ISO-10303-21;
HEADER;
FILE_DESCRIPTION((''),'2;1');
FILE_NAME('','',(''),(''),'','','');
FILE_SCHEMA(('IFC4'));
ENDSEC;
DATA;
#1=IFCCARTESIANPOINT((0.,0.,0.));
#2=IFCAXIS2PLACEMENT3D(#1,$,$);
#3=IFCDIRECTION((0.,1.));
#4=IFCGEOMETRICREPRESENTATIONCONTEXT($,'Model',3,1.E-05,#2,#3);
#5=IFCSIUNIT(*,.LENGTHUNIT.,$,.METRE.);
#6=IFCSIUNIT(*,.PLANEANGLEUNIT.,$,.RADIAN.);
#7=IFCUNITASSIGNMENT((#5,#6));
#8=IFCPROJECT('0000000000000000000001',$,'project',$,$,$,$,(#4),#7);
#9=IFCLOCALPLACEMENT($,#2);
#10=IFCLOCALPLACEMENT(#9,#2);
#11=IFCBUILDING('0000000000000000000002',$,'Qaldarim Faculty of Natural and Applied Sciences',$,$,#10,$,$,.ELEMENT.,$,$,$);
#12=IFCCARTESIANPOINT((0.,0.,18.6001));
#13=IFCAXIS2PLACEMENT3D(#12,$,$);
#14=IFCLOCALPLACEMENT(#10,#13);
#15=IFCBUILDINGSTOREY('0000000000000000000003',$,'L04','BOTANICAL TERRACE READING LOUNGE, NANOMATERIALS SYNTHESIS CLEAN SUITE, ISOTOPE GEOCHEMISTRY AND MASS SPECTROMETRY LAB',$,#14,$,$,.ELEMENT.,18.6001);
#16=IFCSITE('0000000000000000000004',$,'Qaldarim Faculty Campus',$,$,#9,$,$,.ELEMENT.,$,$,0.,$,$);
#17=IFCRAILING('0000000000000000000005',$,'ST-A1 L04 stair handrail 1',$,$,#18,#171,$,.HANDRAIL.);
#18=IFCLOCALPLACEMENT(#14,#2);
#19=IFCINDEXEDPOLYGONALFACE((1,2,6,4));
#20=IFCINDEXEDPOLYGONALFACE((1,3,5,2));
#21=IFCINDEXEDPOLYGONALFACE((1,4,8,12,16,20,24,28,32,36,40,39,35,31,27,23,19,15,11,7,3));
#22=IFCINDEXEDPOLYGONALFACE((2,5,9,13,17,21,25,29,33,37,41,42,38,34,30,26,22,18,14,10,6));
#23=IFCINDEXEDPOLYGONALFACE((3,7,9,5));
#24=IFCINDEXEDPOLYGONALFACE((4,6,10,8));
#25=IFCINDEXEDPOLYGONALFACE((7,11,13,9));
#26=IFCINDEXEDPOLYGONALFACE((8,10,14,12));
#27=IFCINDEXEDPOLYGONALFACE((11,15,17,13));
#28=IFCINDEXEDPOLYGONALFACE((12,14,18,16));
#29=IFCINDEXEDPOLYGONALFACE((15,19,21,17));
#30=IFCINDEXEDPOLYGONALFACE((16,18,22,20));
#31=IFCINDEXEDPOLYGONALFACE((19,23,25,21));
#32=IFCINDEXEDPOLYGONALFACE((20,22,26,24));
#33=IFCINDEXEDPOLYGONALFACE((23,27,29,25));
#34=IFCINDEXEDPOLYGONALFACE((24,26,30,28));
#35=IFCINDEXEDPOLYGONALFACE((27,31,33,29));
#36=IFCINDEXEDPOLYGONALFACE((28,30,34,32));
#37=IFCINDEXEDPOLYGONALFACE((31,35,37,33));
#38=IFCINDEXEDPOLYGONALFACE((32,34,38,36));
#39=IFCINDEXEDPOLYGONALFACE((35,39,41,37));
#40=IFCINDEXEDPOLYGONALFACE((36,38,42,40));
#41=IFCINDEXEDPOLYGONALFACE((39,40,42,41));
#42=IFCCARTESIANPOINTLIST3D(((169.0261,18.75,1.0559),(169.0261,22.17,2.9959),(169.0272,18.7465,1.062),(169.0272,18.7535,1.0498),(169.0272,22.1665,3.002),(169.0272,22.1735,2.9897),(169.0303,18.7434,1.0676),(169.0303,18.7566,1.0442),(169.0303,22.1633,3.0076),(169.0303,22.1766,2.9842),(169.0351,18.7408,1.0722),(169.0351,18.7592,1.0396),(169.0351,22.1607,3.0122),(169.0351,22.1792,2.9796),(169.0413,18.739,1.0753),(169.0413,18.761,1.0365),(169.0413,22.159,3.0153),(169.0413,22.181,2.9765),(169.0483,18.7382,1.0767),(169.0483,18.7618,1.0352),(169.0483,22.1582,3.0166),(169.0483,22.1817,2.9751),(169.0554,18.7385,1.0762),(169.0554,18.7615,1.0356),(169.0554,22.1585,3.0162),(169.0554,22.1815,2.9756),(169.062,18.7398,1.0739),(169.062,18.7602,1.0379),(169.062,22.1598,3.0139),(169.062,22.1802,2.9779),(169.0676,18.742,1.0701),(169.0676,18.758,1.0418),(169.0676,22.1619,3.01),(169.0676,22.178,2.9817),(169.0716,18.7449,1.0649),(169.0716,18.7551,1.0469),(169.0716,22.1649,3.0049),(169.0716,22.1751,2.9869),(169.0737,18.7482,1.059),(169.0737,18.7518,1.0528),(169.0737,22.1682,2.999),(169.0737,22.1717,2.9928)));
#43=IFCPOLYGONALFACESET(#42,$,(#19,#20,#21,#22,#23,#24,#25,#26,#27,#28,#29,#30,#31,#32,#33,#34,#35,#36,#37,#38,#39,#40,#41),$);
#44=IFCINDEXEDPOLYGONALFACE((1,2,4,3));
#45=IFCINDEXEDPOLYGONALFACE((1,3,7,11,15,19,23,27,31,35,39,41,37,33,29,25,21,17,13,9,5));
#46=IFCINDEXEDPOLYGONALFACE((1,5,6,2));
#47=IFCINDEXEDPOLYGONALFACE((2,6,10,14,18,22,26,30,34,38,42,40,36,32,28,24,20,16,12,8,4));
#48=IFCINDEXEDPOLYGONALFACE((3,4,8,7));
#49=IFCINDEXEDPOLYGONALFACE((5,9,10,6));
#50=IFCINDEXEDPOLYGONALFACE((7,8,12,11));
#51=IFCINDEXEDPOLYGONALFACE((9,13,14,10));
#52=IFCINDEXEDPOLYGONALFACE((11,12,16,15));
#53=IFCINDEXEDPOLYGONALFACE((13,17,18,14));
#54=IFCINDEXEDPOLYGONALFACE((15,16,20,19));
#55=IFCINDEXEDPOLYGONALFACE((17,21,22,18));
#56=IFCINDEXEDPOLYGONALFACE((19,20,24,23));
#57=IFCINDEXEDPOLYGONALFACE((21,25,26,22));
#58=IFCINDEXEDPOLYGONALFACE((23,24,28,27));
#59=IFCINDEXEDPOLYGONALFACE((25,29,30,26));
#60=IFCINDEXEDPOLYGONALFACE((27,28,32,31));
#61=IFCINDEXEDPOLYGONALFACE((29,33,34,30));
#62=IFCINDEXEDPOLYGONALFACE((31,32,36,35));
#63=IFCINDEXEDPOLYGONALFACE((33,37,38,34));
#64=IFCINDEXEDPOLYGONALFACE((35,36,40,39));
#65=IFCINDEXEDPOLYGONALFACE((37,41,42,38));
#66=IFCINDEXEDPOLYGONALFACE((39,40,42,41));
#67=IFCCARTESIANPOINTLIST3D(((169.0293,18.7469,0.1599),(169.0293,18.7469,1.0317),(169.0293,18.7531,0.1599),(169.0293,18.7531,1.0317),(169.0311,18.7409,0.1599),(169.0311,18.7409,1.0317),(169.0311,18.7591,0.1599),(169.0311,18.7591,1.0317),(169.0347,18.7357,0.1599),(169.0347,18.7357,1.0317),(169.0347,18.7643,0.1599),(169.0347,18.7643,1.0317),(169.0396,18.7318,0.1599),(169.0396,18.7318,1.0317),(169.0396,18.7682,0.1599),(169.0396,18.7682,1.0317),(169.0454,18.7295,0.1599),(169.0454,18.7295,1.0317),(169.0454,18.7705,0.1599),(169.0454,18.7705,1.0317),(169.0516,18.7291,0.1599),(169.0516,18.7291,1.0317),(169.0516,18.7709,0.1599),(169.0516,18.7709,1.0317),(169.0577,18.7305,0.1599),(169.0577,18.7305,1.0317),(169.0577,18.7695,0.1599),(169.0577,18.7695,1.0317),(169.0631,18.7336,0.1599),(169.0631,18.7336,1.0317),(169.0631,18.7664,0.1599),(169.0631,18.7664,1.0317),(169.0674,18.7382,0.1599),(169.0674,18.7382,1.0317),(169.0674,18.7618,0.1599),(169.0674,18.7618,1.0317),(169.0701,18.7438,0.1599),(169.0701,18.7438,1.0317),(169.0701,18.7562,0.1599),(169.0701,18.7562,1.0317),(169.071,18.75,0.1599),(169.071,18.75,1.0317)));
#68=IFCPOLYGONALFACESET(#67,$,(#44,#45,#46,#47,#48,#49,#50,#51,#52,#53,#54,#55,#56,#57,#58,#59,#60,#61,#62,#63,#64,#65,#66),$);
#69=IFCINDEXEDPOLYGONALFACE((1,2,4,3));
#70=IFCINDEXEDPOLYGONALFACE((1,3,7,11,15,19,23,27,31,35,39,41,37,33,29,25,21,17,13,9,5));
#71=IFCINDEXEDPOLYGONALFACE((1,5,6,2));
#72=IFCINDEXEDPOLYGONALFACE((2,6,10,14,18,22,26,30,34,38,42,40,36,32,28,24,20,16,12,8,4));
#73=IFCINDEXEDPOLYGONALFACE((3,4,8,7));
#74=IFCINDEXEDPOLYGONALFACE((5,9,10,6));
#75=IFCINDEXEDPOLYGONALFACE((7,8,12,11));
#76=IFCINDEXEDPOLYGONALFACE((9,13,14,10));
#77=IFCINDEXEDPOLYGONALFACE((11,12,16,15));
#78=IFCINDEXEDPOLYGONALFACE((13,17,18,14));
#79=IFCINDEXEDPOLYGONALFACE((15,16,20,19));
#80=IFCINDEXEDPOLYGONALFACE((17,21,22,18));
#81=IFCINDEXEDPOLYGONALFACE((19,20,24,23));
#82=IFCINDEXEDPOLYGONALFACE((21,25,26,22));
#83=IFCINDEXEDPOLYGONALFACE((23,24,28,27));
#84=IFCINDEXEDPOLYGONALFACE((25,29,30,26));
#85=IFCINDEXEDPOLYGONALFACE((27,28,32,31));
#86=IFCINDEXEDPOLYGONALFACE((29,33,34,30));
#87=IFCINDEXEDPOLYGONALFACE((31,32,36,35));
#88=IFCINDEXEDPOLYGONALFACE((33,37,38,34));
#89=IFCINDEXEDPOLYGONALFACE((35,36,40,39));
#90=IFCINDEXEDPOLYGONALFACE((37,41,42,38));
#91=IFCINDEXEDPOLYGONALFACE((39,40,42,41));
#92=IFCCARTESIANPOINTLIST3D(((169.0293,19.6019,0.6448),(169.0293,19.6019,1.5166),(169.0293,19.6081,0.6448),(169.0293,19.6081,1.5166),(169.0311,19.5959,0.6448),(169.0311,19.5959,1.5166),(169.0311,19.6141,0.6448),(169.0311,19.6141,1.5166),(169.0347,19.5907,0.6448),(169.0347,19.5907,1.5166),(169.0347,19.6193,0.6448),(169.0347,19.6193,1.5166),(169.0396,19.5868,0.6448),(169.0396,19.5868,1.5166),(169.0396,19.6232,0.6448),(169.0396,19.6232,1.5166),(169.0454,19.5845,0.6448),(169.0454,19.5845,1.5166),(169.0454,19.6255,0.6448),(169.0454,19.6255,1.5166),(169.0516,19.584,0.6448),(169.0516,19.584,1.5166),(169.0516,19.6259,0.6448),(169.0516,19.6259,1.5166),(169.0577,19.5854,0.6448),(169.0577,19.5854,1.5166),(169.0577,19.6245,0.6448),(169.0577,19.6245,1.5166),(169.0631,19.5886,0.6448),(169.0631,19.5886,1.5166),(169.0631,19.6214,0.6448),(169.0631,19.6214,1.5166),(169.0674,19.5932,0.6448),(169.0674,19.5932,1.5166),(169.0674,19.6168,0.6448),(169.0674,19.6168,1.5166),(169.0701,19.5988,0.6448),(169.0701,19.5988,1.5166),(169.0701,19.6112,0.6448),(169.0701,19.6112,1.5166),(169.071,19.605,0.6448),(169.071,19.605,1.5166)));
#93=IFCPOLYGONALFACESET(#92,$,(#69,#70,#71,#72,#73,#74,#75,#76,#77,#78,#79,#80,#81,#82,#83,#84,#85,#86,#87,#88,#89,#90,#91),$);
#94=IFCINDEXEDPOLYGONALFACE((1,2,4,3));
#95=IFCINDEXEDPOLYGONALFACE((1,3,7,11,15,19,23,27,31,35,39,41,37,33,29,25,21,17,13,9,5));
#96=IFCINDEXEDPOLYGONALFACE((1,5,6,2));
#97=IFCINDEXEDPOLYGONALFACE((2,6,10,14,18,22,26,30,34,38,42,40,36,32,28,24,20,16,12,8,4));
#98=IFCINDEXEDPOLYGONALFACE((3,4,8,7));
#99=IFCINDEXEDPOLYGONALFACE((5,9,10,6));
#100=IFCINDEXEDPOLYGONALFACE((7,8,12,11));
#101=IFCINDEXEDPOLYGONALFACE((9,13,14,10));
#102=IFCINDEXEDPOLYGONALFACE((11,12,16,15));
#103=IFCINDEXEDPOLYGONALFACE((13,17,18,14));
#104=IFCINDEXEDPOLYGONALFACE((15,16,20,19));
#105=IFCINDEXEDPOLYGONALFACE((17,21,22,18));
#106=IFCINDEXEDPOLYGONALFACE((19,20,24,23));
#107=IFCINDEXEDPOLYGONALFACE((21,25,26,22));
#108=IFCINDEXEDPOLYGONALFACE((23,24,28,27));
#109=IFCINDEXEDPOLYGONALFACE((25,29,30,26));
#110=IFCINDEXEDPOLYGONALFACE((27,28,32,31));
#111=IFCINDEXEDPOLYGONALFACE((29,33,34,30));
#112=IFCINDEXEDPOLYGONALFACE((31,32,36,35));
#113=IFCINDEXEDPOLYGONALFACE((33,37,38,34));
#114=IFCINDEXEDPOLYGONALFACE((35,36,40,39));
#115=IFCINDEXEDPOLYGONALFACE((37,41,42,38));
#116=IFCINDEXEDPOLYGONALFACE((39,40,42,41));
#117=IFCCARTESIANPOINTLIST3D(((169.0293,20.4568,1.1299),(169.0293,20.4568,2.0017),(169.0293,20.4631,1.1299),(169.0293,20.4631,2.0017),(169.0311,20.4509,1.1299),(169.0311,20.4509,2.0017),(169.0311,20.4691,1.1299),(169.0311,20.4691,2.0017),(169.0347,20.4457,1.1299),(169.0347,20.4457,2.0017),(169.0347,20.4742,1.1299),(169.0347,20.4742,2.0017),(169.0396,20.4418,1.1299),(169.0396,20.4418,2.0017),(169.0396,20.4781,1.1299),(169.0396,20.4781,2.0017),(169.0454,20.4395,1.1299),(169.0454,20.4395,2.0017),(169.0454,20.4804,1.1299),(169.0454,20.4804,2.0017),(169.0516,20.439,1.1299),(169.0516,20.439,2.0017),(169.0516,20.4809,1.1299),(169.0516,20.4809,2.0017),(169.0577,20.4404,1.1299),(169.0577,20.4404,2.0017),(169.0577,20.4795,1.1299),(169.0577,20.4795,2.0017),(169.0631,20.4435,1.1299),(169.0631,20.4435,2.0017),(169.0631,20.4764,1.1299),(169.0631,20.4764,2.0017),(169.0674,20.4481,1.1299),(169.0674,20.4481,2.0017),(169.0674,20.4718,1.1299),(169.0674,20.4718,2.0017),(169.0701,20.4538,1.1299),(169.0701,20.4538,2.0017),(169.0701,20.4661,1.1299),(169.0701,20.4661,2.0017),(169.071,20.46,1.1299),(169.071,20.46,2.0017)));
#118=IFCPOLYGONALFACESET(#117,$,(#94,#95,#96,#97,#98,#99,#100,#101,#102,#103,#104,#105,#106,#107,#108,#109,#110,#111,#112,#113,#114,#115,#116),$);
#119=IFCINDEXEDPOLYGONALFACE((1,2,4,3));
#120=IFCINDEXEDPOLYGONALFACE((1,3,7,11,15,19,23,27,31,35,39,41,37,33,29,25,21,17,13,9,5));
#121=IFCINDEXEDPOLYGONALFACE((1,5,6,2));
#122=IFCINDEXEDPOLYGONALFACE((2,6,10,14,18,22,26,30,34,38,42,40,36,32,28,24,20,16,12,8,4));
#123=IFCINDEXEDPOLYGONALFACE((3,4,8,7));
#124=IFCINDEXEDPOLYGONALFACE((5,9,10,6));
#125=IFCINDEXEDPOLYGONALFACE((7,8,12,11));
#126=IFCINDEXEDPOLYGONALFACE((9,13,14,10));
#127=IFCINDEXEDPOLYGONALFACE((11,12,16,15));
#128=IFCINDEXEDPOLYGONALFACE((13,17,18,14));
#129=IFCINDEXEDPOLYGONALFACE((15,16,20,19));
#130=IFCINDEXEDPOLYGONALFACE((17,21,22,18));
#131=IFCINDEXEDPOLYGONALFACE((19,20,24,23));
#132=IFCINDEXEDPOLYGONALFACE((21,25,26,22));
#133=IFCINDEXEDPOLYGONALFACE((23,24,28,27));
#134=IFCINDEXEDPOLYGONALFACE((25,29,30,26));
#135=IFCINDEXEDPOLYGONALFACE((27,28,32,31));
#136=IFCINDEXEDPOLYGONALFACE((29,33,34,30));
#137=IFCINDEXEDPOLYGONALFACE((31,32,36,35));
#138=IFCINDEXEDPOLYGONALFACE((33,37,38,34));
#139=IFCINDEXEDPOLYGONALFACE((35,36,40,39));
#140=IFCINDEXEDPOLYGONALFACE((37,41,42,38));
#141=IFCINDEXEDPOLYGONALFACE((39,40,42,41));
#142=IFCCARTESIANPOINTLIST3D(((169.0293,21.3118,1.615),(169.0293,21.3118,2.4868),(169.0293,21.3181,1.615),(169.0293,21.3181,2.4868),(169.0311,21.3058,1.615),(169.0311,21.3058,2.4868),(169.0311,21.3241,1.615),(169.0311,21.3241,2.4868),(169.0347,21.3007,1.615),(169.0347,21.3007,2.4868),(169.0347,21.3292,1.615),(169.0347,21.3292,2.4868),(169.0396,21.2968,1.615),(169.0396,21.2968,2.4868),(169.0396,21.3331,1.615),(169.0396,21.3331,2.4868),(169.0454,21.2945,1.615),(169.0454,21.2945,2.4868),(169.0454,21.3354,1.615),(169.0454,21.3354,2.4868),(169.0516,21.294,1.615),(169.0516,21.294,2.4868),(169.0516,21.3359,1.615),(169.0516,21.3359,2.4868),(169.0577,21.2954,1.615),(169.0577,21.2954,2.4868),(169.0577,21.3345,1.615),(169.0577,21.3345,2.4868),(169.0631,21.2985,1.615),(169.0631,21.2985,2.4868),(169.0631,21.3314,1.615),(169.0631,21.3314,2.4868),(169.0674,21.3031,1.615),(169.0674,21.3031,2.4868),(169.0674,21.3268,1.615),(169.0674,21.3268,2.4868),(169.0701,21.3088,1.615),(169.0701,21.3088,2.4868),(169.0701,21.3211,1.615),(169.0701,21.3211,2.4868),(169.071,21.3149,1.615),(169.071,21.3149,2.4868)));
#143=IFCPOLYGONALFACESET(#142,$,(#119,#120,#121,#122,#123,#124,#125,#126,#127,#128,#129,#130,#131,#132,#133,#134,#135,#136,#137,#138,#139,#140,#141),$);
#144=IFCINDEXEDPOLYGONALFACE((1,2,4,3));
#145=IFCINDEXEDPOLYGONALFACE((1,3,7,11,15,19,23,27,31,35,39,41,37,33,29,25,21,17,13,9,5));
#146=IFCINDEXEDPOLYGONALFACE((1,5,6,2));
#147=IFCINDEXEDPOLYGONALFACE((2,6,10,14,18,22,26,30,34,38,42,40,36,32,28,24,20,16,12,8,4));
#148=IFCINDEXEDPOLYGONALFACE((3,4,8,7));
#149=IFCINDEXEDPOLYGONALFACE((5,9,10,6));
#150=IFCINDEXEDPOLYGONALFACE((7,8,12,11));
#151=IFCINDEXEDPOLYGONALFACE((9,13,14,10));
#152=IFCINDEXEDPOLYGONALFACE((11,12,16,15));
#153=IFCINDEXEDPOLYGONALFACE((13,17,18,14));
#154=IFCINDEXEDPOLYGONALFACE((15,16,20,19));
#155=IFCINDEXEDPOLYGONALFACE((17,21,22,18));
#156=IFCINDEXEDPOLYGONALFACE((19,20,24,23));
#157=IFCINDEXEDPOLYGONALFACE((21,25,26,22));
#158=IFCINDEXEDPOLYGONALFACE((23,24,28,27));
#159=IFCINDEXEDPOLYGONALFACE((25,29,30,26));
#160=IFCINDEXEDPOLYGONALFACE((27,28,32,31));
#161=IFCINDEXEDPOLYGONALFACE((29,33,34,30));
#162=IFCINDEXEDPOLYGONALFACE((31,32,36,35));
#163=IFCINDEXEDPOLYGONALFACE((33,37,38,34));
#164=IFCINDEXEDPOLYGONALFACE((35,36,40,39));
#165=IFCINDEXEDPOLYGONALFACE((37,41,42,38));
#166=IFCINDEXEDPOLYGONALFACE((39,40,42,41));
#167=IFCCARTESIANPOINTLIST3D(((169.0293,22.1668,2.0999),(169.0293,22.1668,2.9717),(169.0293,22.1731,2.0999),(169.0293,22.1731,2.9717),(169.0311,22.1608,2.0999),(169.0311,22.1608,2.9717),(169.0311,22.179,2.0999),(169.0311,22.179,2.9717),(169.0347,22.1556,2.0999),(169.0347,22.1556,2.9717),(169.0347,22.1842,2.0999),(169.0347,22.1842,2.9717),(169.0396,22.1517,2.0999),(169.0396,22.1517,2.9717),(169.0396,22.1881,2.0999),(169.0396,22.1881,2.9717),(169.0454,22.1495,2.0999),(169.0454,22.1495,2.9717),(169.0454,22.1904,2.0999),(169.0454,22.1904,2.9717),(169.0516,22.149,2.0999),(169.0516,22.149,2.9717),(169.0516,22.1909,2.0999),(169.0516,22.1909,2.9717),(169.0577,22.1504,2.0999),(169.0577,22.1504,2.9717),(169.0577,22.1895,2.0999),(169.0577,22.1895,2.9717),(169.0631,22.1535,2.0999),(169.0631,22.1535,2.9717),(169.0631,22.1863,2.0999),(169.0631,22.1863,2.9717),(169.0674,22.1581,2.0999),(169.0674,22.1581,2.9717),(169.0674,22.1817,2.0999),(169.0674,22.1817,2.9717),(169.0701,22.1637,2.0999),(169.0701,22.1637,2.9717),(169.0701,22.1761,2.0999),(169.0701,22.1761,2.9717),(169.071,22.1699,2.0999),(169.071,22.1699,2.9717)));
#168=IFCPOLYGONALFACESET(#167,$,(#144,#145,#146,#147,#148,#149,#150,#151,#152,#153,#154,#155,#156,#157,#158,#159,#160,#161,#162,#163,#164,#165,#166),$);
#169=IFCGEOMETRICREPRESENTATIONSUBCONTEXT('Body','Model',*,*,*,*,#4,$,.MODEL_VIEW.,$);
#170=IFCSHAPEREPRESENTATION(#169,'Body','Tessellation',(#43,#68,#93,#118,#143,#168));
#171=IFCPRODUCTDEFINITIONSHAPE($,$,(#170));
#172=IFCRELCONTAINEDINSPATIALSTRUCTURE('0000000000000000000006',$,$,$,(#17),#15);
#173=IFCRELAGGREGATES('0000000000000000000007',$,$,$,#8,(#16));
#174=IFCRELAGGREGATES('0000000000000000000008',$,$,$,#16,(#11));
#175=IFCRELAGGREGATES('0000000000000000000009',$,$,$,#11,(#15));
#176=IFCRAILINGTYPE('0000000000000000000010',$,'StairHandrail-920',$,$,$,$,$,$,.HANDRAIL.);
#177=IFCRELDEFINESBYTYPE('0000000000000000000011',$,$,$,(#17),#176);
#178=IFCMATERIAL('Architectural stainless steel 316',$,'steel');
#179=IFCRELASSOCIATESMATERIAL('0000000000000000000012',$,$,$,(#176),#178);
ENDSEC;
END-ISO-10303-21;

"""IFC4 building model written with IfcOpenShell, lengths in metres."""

from ifc_helpers import new_model, si_unit, direction, frame, origin, origin_2d, place, context, subcontext, project, spatial, circle, extrude, material, type_object, element, save


model = new_model("IFC4")

# Units and contexts
model_context = context("Model", 3, precision=1e-05, world=origin(), true_north=direction((0.0, 1.0)))
body_context = subcontext(model_context, "Body", "Model", "MODEL_VIEW")
ifc_project = project(units=[si_unit("LENGTHUNIT", "METRE"), si_unit("PLANEANGLEUNIT", "RADIAN")], contexts=[model_context])

# Site, building, storey
site_placement = place(None, origin())
site = spatial("IfcSite", under=ifc_project, at=site_placement, Name="Qaldarim Faculty Campus", CompositionType="ELEMENT", RefElevation=0.0)
building_placement = place(site_placement, origin())
building = spatial("IfcBuilding", under=site, at=building_placement, Name="Qaldarim Faculty of Natural and Applied Sciences", CompositionType="ELEMENT")
storey_placement = place(building_placement, frame((0.0, 0.0, 18.6001)))
storey = spatial("IfcBuildingStorey", under=building, at=storey_placement, Name="L04", Description="BOTANICAL TERRACE READING LOUNGE, NANOMATERIALS SYNTHESIS CLEAN SUITE, ISOTOPE GEOCHEMISTRY AND MASS SPECTROMETRY LAB", CompositionType="ELEMENT", Elevation=18.6001)

# Shared definitions
ifc_material_1 = material(Name="Architectural stainless steel 316", Category="steel")

# Railing
railing_type_1 = type_object("IfcRailingType", Name="StairHandrail-920", PredefinedType="HANDRAIL", material=ifc_material_1)
railing_1_placement = place(storey_placement, frame((169.05, 18.75, 0.1599)))
element("IfcRailing", 1, at=railing_1_placement, inside=storey, type_object=railing_type_1, Name="ST-A1 L04 stair handrail 1", PredefinedType="HANDRAIL", context=body_context, shape_type="SweptSolid", body=[
    extrude(circle(Radius=0.0239, at=origin_2d()), frame((0.0, 0.0, 0.896), z_axis=(0.0, 0.869805, 0.493395), x_axis=(-1.0, 0.0, 0.0)), (0.0, 0.0, 1.0), 3.9319),
    extrude(circle(Radius=0.021, at=origin_2d()), origin(), (0.0, 0.0, 1.0), 0.8718),
    extrude(circle(Radius=0.021, at=origin_2d()), frame((0.0, 0.855, 0.4849)), (0.0, 0.0, 1.0), 0.8718),
    extrude(circle(Radius=0.021, at=origin_2d()), frame((0.0, 1.71, 0.97)), (0.0, 0.0, 1.0), 0.8718),
    extrude(circle(Radius=0.021, at=origin_2d()), frame((0.0, 2.5649, 1.4551)), (0.0, 0.0, 1.0), 0.8718),
    extrude(circle(Radius=0.021, at=origin_2d()), frame((0.0, 3.4199, 1.9399)), (0.0, 0.0, 1.0), 0.8718),
])

save(model, "model.ifc")
